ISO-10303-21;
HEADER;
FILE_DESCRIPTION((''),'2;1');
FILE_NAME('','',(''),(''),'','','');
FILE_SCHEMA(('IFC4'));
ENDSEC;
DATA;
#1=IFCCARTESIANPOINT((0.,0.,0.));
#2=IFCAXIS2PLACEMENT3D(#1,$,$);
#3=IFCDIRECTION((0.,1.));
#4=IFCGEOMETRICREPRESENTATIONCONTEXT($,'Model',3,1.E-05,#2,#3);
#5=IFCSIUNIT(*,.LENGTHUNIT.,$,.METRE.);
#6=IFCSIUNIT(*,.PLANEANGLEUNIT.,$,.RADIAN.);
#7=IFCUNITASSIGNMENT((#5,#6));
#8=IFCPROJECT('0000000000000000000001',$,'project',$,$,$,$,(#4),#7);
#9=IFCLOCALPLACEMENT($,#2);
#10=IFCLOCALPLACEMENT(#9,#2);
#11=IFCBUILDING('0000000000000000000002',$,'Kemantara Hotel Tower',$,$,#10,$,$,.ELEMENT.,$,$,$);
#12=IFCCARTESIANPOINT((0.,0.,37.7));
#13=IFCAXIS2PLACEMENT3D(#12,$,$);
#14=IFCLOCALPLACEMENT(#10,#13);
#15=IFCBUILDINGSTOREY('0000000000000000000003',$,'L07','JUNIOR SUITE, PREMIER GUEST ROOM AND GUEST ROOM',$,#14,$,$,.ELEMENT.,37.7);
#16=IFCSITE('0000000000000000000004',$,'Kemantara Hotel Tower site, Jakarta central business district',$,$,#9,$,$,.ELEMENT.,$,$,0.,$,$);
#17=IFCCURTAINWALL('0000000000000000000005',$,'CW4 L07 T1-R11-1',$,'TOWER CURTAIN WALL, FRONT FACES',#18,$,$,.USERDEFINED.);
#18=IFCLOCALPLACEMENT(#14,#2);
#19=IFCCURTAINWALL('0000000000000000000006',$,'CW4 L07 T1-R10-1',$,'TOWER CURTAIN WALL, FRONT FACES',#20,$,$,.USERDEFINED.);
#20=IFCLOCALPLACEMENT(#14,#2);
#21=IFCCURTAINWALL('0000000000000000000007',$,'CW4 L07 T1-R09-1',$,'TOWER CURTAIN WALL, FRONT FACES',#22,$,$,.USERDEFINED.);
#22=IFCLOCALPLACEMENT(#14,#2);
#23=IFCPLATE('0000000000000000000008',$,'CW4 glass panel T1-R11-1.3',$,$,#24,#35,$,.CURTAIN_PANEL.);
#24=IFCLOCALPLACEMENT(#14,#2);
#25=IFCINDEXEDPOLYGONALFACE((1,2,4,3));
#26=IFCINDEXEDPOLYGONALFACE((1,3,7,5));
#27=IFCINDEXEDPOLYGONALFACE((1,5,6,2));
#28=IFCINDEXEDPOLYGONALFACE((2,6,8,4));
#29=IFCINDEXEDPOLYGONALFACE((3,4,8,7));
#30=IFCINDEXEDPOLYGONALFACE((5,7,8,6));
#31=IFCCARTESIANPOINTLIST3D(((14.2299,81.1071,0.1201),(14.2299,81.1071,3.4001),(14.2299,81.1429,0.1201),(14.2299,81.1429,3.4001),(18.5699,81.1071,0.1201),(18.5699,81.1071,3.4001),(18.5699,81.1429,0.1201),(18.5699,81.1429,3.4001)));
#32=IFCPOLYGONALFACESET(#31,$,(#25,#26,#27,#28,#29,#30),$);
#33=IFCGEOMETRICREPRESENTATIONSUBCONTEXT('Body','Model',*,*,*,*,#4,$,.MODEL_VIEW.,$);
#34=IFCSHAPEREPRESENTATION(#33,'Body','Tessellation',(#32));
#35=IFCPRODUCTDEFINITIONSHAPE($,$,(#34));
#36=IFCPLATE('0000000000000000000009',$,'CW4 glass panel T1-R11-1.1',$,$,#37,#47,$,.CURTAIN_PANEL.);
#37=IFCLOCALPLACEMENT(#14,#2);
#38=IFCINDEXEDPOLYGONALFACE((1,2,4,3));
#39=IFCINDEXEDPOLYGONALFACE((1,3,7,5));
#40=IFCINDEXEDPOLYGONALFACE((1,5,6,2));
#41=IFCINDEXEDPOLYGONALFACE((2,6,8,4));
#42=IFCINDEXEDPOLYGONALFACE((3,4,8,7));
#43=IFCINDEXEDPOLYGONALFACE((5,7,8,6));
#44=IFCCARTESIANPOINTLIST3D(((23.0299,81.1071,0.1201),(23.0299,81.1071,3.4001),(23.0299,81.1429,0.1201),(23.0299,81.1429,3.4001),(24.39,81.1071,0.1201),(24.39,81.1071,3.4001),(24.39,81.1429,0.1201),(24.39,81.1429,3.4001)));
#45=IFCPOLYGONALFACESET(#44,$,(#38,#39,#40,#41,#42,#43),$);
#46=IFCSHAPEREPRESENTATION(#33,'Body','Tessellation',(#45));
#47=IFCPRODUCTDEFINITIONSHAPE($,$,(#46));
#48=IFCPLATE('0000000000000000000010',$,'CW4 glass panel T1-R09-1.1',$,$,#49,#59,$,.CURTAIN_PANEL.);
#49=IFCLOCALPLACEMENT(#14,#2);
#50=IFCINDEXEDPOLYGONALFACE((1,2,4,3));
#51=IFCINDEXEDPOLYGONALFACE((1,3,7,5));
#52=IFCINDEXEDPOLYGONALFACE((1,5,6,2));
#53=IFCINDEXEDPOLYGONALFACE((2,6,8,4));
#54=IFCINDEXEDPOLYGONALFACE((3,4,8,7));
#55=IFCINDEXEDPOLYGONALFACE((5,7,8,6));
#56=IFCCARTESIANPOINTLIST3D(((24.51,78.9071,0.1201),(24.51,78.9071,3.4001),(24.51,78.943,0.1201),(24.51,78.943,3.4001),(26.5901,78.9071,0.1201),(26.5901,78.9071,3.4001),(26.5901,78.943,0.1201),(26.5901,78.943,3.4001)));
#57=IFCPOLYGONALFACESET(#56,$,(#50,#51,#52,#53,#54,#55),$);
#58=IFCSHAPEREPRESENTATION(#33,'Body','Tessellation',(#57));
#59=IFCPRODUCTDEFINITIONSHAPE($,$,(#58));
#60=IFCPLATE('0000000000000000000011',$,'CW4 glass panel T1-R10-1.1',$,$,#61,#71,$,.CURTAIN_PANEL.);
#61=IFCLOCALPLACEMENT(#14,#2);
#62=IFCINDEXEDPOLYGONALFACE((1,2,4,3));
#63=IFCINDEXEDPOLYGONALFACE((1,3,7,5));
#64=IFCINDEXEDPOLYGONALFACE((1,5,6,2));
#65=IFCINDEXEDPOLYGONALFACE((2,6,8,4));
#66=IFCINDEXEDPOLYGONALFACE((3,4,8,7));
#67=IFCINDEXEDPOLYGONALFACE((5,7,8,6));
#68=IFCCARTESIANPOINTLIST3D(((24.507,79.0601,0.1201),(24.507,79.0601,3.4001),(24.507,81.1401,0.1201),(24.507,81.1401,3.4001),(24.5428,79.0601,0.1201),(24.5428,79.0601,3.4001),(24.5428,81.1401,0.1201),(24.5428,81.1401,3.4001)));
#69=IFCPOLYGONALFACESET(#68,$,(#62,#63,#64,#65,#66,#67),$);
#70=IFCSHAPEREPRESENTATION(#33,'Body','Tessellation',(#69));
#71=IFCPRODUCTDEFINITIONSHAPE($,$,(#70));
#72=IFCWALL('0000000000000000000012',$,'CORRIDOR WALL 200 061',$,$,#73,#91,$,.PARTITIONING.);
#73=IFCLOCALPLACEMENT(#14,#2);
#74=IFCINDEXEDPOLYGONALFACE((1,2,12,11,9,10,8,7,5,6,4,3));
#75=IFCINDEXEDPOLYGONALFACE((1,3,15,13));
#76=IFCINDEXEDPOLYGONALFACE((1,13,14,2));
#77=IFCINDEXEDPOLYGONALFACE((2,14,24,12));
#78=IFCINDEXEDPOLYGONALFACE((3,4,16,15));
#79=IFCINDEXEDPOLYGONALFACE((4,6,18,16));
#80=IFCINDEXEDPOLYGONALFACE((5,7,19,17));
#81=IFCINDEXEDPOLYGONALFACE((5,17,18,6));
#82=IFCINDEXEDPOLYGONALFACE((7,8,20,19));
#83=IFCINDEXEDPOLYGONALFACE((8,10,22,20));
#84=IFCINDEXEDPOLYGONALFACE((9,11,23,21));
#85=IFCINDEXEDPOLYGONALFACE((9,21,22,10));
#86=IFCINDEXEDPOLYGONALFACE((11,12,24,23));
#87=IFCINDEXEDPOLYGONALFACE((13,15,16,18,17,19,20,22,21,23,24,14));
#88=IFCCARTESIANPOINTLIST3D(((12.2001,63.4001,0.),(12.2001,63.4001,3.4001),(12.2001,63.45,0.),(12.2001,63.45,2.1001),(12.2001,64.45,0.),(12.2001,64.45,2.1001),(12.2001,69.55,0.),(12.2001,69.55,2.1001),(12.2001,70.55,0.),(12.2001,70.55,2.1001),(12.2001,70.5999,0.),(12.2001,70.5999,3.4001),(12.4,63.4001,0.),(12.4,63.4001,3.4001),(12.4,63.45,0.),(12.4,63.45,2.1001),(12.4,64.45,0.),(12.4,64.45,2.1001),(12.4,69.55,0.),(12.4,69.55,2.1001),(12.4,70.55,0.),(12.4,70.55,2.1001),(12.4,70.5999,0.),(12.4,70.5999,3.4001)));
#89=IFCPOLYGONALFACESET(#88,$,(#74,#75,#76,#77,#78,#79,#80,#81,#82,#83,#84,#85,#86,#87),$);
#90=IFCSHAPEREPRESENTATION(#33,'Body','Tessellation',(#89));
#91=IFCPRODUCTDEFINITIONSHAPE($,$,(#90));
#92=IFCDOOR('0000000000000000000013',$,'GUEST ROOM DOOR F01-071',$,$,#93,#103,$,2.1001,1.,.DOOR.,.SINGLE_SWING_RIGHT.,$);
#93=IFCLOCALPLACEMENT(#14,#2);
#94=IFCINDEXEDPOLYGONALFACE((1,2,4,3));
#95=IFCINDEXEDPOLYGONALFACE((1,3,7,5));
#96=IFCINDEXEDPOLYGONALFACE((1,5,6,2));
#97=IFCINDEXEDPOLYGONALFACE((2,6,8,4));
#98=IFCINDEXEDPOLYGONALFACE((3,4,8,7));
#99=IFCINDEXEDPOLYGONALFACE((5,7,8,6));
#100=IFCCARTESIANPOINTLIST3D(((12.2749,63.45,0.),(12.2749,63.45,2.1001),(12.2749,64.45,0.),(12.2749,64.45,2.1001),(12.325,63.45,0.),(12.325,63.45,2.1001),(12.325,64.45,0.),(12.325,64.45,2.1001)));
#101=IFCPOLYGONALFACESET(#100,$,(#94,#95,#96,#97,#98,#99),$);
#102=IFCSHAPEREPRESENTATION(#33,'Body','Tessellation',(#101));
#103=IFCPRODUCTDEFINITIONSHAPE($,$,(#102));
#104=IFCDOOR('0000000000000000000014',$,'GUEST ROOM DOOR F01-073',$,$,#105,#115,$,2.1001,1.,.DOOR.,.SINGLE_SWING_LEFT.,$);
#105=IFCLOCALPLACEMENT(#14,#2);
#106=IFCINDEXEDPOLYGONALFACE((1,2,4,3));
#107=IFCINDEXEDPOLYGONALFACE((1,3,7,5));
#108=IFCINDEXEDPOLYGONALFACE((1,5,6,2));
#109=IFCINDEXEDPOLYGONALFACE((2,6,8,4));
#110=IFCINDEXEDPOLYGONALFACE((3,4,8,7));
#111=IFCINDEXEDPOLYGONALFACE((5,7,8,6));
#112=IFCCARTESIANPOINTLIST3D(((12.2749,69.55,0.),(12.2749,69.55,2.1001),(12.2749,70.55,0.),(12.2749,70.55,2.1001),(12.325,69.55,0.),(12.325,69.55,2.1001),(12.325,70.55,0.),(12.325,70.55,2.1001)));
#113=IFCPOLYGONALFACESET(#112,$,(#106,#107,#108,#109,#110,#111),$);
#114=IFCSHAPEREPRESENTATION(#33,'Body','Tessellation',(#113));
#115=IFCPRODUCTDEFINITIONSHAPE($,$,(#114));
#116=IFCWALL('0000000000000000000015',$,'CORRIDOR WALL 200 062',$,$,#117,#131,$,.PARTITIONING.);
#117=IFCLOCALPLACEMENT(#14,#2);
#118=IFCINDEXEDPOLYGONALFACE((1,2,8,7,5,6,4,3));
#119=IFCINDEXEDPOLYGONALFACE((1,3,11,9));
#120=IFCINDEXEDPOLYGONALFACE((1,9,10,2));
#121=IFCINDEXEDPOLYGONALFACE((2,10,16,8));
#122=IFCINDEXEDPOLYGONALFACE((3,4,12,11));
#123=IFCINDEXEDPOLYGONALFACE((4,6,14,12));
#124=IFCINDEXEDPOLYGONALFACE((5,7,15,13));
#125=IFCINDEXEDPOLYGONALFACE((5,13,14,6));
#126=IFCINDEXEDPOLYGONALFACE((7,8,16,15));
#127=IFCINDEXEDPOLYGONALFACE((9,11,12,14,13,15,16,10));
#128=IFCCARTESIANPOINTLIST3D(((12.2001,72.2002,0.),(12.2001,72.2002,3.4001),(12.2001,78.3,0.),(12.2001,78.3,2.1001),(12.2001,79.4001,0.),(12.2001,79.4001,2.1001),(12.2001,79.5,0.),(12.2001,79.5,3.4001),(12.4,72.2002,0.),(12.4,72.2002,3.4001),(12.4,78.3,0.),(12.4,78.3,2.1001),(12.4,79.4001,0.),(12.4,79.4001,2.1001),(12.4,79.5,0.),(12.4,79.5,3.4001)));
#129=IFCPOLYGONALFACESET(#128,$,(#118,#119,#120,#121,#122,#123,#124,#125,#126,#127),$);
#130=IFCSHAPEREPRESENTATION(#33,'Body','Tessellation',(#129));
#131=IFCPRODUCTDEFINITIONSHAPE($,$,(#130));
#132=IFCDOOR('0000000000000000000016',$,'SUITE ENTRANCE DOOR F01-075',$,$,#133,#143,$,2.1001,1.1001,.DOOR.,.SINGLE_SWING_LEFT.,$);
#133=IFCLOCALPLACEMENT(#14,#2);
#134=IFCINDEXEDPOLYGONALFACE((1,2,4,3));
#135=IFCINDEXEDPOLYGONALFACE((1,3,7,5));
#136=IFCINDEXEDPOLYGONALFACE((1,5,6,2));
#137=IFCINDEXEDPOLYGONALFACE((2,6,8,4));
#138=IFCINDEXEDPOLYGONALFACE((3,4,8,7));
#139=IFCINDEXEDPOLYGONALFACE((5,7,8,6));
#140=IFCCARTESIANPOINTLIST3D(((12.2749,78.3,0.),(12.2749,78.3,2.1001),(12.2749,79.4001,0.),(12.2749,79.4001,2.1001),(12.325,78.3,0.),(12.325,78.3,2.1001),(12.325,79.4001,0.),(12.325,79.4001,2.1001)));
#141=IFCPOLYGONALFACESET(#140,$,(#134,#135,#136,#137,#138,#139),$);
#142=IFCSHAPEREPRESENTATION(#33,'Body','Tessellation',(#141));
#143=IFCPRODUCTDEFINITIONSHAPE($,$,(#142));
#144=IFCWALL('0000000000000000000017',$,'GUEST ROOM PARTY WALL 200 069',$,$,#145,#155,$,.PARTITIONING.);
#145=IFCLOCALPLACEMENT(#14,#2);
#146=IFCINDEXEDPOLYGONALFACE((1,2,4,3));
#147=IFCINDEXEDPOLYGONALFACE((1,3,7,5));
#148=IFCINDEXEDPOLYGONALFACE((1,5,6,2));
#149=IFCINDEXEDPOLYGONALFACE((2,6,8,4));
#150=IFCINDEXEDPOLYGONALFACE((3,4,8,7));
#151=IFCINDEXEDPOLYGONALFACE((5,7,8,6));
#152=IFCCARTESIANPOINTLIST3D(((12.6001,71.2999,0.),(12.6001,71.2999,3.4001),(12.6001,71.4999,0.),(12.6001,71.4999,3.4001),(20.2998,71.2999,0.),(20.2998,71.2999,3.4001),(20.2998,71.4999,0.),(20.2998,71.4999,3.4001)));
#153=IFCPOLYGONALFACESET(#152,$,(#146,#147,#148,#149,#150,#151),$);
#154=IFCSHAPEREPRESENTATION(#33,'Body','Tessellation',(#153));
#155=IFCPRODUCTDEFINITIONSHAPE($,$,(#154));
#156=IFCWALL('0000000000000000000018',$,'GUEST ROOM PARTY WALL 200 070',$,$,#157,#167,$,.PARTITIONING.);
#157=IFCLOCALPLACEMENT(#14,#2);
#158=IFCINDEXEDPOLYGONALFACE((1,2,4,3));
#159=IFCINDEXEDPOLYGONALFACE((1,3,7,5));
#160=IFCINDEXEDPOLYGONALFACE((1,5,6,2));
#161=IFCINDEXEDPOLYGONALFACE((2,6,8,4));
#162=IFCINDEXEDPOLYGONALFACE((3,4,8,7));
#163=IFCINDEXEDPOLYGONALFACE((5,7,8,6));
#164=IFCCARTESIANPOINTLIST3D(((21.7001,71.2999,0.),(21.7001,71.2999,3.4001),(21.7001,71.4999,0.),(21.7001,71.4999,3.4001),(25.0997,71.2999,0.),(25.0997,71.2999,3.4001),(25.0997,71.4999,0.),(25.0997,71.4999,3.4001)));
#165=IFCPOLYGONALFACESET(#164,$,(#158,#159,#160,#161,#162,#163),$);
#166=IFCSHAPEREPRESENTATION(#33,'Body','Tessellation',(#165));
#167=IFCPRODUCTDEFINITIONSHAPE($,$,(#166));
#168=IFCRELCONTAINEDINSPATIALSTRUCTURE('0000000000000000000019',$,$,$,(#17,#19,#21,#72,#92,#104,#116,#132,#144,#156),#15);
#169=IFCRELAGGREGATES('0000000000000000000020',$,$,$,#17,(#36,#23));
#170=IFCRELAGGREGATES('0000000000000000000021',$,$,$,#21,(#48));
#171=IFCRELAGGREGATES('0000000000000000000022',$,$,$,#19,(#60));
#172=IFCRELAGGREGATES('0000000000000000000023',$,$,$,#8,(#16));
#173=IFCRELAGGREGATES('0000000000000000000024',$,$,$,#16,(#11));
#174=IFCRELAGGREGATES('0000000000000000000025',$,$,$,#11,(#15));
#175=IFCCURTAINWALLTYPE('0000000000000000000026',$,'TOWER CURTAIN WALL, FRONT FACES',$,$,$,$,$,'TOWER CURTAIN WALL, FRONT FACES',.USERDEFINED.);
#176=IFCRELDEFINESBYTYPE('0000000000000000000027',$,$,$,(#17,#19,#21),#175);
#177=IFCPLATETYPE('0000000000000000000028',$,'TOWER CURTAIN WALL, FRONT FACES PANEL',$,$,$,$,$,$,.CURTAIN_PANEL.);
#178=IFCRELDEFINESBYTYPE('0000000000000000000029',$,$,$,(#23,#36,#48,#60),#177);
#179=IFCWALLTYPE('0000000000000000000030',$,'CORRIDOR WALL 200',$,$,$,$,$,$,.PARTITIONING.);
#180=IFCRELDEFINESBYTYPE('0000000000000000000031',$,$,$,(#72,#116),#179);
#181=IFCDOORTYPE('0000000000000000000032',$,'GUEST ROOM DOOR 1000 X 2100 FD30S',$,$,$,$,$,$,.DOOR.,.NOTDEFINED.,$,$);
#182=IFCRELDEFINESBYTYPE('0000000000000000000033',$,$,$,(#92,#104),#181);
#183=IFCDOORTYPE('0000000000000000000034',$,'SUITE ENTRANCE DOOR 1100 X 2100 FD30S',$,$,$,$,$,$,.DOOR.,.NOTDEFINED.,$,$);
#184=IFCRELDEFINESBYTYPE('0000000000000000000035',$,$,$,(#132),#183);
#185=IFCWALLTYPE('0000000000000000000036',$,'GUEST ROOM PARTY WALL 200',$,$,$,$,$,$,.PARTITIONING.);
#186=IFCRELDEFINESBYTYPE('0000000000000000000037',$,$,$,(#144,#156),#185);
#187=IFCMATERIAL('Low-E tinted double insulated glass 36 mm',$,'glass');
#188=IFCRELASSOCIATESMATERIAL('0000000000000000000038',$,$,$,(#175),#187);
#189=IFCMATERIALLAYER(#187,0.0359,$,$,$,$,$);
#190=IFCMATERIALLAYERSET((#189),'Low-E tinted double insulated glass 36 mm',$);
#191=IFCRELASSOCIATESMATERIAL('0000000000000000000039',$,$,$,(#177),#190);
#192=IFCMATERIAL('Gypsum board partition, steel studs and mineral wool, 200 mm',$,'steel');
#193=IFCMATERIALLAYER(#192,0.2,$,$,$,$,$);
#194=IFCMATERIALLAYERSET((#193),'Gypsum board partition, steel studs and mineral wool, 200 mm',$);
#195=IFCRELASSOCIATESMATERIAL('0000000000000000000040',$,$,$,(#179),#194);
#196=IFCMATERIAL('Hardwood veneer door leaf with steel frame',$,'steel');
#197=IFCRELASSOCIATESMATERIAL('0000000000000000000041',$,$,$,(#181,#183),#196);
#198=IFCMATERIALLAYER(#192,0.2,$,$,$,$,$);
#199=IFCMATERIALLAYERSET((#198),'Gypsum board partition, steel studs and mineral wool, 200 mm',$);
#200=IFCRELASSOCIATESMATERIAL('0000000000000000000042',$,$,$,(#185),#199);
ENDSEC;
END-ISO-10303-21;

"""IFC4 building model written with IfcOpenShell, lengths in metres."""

from ifc_helpers import new_model, si_unit, direction, frame, frame_2d, origin, origin_2d, place, context, subcontext, project, spatial, rectangle, extrude, source, transform, mapped, material, layer, layer_set, type_object, element, fill, aggregate, save


model = new_model("IFC4")

# Units and contexts
model_context = context("Model", 3, precision=1e-05, world=origin(), true_north=direction((0.0, 1.0)))
body_context = subcontext(model_context, "Body", "Model", "MODEL_VIEW")
ifc_project = project(units=[si_unit("LENGTHUNIT", "METRE"), si_unit("PLANEANGLEUNIT", "RADIAN")], contexts=[model_context])

# Site, building, storey
site_placement = place(None, origin())
site = spatial("IfcSite", under=ifc_project, at=site_placement, Name="Kemantara Hotel Tower site, Jakarta central business district", CompositionType="ELEMENT", RefElevation=0.0)
building_placement = place(site_placement, origin())
building = spatial("IfcBuilding", under=site, at=building_placement, Name="Kemantara Hotel Tower", CompositionType="ELEMENT")
storey_placement = place(building_placement, frame((0.0, 0.0, 37.7)))
storey = spatial("IfcBuildingStorey", under=building, at=storey_placement, Name="L07", Description="JUNIOR SUITE, PREMIER GUEST ROOM AND GUEST ROOM", CompositionType="ELEMENT", Elevation=37.7)

# Curtain walls
ifc_material_1 = material(Name="Low-E tinted double insulated glass 36 mm", Category="glass")
curtain_wall_type = type_object("IfcCurtainWallType", Name="TOWER CURTAIN WALL, FRONT FACES", ElementType="TOWER CURTAIN WALL, FRONT FACES", PredefinedType="USERDEFINED", material=ifc_material_1)
curtain_wall_1_placement = place(storey_placement, origin())
curtain_wall_1 = element("IfcCurtainWall", 1, at=curtain_wall_1_placement, inside=storey, type_object=curtain_wall_type, Name="CW4 L07 T1-R11-1", ObjectType="TOWER CURTAIN WALL, FRONT FACES", PredefinedType="USERDEFINED")
curtain_wall_2_placement = place(storey_placement, origin())
curtain_wall_2 = element("IfcCurtainWall", 2, at=curtain_wall_2_placement, inside=storey, type_object=curtain_wall_type, Name="CW4 L07 T1-R10-1", ObjectType="TOWER CURTAIN WALL, FRONT FACES", PredefinedType="USERDEFINED")

# Curtain wall
curtain_wall_3_placement = place(storey_placement, origin())
curtain_wall_3 = element("IfcCurtainWall", 3, at=curtain_wall_3_placement, inside=storey, type_object=curtain_wall_type, Name="CW4 L07 T1-R09-1", ObjectType="TOWER CURTAIN WALL, FRONT FACES", PredefinedType="USERDEFINED")

# Plates
ifc_layer_1 = layer(ifc_material_1, 0.0359)
ifc_layer_set_1 = layer_set([ifc_layer_1], Name="Low-E tinted double insulated glass 36 mm")
plate_type = type_object("IfcPlateType", Name="TOWER CURTAIN WALL, FRONT FACES PANEL", PredefinedType="CURTAIN_PANEL", material=ifc_layer_set_1)
shared_shape_1 = source(origin(), body_context, "Body", "SweptSolid", [
    extrude(rectangle(XDim=4.3401, YDim=0.0359, at=origin_2d()), origin(), (0.0, 0.0, 1.0), 3.28),
])
plate_1_placement = place(storey_placement, frame((16.3999, 81.125, 0.1201), z_axis=(0.0, 0.0, 1.0), x_axis=(-1.0, 0.0, 0.0)))
plate_1 = element("IfcPlate", 4, at=plate_1_placement, type_object=plate_type, Name="CW4 glass panel T1-R11-1.3", PredefinedType="CURTAIN_PANEL", context=body_context, shape_type="MappedRepresentation", body=[
    mapped(shared_shape_1, transform((0.0, 0.0, 0.0))),
])
shared_shape_2 = source(origin(), body_context, "Body", "SweptSolid", [
    extrude(rectangle(XDim=1.3601, YDim=0.0359, at=origin_2d()), origin(), (0.0, 0.0, 1.0), 3.28),
])
plate_2_placement = place(storey_placement, frame((23.71, 81.125, 0.1201), z_axis=(0.0, 0.0, 1.0), x_axis=(-1.0, 0.0, 0.0)))
plate_2 = element("IfcPlate", 5, at=plate_2_placement, type_object=plate_type, Name="CW4 glass panel T1-R11-1.1", PredefinedType="CURTAIN_PANEL", context=body_context, shape_type="MappedRepresentation", body=[
    mapped(shared_shape_2, transform((0.0, 0.0, 0.0))),
])
aggregate(curtain_wall_1, [plate_2, plate_1])
shared_shape_3 = source(origin(), body_context, "Body", "SweptSolid", [
    extrude(rectangle(XDim=2.0801, YDim=0.0359, at=origin_2d()), origin(), (0.0, 0.0, 1.0), 3.28),
])
plate_3_placement = place(storey_placement, frame((25.55, 78.925, 0.1201), z_axis=(0.0, 0.0, 1.0), x_axis=(-1.0, 0.0, 0.0)))
plate_3 = element("IfcPlate", 6, at=plate_3_placement, type_object=plate_type, Name="CW4 glass panel T1-R09-1.1", PredefinedType="CURTAIN_PANEL", context=body_context, shape_type="MappedRepresentation", body=[
    mapped(shared_shape_3, transform((0.0, 0.0, 0.0))),
])
aggregate(curtain_wall_3, [plate_3])
plate_4_placement = place(storey_placement, frame((24.5249, 80.1001, 0.1201), z_axis=(0.0, 0.0, 1.0), x_axis=(0.0, 1.0, 0.0)))
plate_4 = element("IfcPlate", 7, at=plate_4_placement, type_object=plate_type, Name="CW4 glass panel T1-R10-1.1", PredefinedType="CURTAIN_PANEL", context=body_context, shape_type="MappedRepresentation", body=[
    mapped(shared_shape_3, transform((0.0, 0.0, 0.0))),
])
aggregate(curtain_wall_2, [plate_4])

# Wall, openings, doors
ifc_material_2 = material(Name="Gypsum board partition, steel studs and mineral wool, 200 mm", Category="steel")
ifc_layer_2 = layer(ifc_material_2, 0.2)
ifc_layer_set_2 = layer_set([ifc_layer_2], Name="Gypsum board partition, steel studs and mineral wool, 200 mm")
wall_type_1 = type_object("IfcWallType", Name="CORRIDOR WALL 200", PredefinedType="PARTITIONING", material=ifc_layer_set_2)
wall_1_placement = place(storey_placement, frame((12.3, 70.5999, 0.0), z_axis=(0.0, 0.0, 1.0), x_axis=(0.0, -1.0, 0.0)))
wall_1 = element("IfcWall", 8, at=wall_1_placement, inside=storey, type_object=wall_type_1, Name="CORRIDOR WALL 200 061", PredefinedType="PARTITIONING", context=body_context, shape_type="SweptSolid", body=[
    extrude(rectangle(XDim=7.1997, YDim=0.2, at=frame_2d((3.5999, 0.0))), origin(), (0.0, 0.0, 1.0), 3.4001),
])
opening_1_placement = place(wall_1_placement, frame((6.1499, 0.0, 0.0)))
opening_1 = element("IfcOpeningElement", 9, at=opening_1_placement, cuts=wall_1, PredefinedType="OPENING", context=body_context, shape_type="SweptSolid", body=[
    extrude(rectangle(XDim=1.0, YDim=2.1001, at=frame_2d((0.5, 1.05))), frame((0.0, 0.1099, 0.0), z_axis=(0.0, -1.0, 0.0), x_axis=(1.0, 0.0, 0.0)), (0.0, 0.0, 1.0), 0.22),
])
opening_2_placement = place(wall_1_placement, frame((0.0498, 0.0, 0.0)))
opening_2 = element("IfcOpeningElement", 10, at=opening_2_placement, cuts=wall_1, PredefinedType="OPENING", context=body_context, shape_type="SweptSolid", body=[
    extrude(rectangle(XDim=1.0, YDim=2.1001, at=frame_2d((0.5, 1.05))), frame((0.0, 0.1099, 0.0), z_axis=(0.0, -1.0, 0.0), x_axis=(1.0, 0.0, 0.0)), (0.0, 0.0, 1.0), 0.22),
])
ifc_material_3 = material(Name="Hardwood veneer door leaf with steel frame", Category="steel")
door_type_1 = type_object("IfcDoorType", Name="GUEST ROOM DOOR 1000 X 2100 FD30S", OperationType="NOTDEFINED", PredefinedType="DOOR", material=ifc_material_3)
door_1_placement = place(opening_1_placement, origin())
door_1 = element("IfcDoor", 11, at=door_1_placement, inside=storey, type_object=door_type_1, Name="GUEST ROOM DOOR F01-071", OperationType="SINGLE_SWING_RIGHT", OverallHeight=2.1001, OverallWidth=1.0, PredefinedType="DOOR", context=body_context, shape_type="SweptSolid", body=[
    extrude(rectangle(XDim=1.0, YDim=2.1001, at=frame_2d((0.5, 1.05))), frame((0.0, 0.0249, 0.0), z_axis=(0.0, -1.0, 0.0), x_axis=(1.0, 0.0, 0.0)), (0.0, 0.0, 1.0), 0.05),
])
fill(opening_1, door_1)
door_2_placement = place(opening_2_placement, origin())
door_2 = element("IfcDoor", 12, at=door_2_placement, inside=storey, type_object=door_type_1, Name="GUEST ROOM DOOR F01-073", OperationType="SINGLE_SWING_LEFT", OverallHeight=2.1001, OverallWidth=1.0, PredefinedType="DOOR", context=body_context, shape_type="SweptSolid", body=[
    extrude(rectangle(XDim=1.0, YDim=2.1001, at=frame_2d((0.5, 1.05))), frame((0.0, 0.0249, 0.0), z_axis=(0.0, -1.0, 0.0), x_axis=(1.0, 0.0, 0.0)), (0.0, 0.0, 1.0), 0.05),
])
fill(opening_2, door_2)

# Wall, opening, door
wall_2_placement = place(storey_placement, frame((12.3, 79.5, 0.0), z_axis=(0.0, 0.0, 1.0), x_axis=(0.0, -1.0, 0.0)))
wall_2 = element("IfcWall", 13, at=wall_2_placement, inside=storey, type_object=wall_type_1, Name="CORRIDOR WALL 200 062", PredefinedType="PARTITIONING", context=body_context, shape_type="SweptSolid", body=[
    extrude(rectangle(XDim=7.2998, YDim=0.2, at=frame_2d((3.6499, 0.0))), origin(), (0.0, 0.0, 1.0), 3.4001),
])
opening_3_placement = place(wall_2_placement, frame((0.0999, 0.0, 0.0)))
opening_3 = element("IfcOpeningElement", 14, at=opening_3_placement, cuts=wall_2, PredefinedType="OPENING", context=body_context, shape_type="SweptSolid", body=[
    extrude(rectangle(XDim=1.1001, YDim=2.1001, at=frame_2d((0.55, 1.05))), frame((0.0, 0.1099, 0.0), z_axis=(0.0, -1.0, 0.0), x_axis=(1.0, 0.0, 0.0)), (0.0, 0.0, 1.0), 0.22),
])
door_type_2 = type_object("IfcDoorType", Name="SUITE ENTRANCE DOOR 1100 X 2100 FD30S", OperationType="NOTDEFINED", PredefinedType="DOOR", material=ifc_material_3)
door_3_placement = place(opening_3_placement, origin())
door_3 = element("IfcDoor", 15, at=door_3_placement, inside=storey, type_object=door_type_2, Name="SUITE ENTRANCE DOOR F01-075", OperationType="SINGLE_SWING_LEFT", OverallHeight=2.1001, OverallWidth=1.1001, PredefinedType="DOOR", context=body_context, shape_type="SweptSolid", body=[
    extrude(rectangle(XDim=1.1001, YDim=2.1001, at=frame_2d((0.55, 1.05))), frame((0.0, 0.0249, 0.0), z_axis=(0.0, -1.0, 0.0), x_axis=(1.0, 0.0, 0.0)), (0.0, 0.0, 1.0), 0.05),
])
fill(opening_3, door_3)

# Walls
ifc_layer_3 = layer(ifc_material_2, 0.2)
ifc_layer_set_3 = layer_set([ifc_layer_3], Name="Gypsum board partition, steel studs and mineral wool, 200 mm")
wall_type_2 = type_object("IfcWallType", Name="GUEST ROOM PARTY WALL 200", PredefinedType="PARTITIONING", material=ifc_layer_set_3)
wall_3_placement = place(storey_placement, frame((12.6001, 71.3999, 0.0), z_axis=(0.0, 0.0, 1.0), x_axis=(1.0, 0.0, 0.0)))
element("IfcWall", 16, at=wall_3_placement, inside=storey, type_object=wall_type_2, Name="GUEST ROOM PARTY WALL 200 069", PredefinedType="PARTITIONING", context=body_context, shape_type="SweptSolid", body=[
    extrude(rectangle(XDim=7.6997, YDim=0.2, at=frame_2d((3.8499, 0.0))), origin(), (0.0, 0.0, 1.0), 3.4001),
])
wall_4_placement = place(storey_placement, frame((21.7002, 71.3999, 0.0), z_axis=(0.0, 0.0, 1.0), x_axis=(1.0, 0.0, 0.0)))
element("IfcWall", 17, at=wall_4_placement, inside=storey, type_object=wall_type_2, Name="GUEST ROOM PARTY WALL 200 070", PredefinedType="PARTITIONING", context=body_context, shape_type="SweptSolid", body=[
    extrude(rectangle(XDim=3.3997, YDim=0.2, at=frame_2d((1.6997, 0.0))), origin(), (0.0, 0.0, 1.0), 3.4001),
])

save(model, "model.ifc")
